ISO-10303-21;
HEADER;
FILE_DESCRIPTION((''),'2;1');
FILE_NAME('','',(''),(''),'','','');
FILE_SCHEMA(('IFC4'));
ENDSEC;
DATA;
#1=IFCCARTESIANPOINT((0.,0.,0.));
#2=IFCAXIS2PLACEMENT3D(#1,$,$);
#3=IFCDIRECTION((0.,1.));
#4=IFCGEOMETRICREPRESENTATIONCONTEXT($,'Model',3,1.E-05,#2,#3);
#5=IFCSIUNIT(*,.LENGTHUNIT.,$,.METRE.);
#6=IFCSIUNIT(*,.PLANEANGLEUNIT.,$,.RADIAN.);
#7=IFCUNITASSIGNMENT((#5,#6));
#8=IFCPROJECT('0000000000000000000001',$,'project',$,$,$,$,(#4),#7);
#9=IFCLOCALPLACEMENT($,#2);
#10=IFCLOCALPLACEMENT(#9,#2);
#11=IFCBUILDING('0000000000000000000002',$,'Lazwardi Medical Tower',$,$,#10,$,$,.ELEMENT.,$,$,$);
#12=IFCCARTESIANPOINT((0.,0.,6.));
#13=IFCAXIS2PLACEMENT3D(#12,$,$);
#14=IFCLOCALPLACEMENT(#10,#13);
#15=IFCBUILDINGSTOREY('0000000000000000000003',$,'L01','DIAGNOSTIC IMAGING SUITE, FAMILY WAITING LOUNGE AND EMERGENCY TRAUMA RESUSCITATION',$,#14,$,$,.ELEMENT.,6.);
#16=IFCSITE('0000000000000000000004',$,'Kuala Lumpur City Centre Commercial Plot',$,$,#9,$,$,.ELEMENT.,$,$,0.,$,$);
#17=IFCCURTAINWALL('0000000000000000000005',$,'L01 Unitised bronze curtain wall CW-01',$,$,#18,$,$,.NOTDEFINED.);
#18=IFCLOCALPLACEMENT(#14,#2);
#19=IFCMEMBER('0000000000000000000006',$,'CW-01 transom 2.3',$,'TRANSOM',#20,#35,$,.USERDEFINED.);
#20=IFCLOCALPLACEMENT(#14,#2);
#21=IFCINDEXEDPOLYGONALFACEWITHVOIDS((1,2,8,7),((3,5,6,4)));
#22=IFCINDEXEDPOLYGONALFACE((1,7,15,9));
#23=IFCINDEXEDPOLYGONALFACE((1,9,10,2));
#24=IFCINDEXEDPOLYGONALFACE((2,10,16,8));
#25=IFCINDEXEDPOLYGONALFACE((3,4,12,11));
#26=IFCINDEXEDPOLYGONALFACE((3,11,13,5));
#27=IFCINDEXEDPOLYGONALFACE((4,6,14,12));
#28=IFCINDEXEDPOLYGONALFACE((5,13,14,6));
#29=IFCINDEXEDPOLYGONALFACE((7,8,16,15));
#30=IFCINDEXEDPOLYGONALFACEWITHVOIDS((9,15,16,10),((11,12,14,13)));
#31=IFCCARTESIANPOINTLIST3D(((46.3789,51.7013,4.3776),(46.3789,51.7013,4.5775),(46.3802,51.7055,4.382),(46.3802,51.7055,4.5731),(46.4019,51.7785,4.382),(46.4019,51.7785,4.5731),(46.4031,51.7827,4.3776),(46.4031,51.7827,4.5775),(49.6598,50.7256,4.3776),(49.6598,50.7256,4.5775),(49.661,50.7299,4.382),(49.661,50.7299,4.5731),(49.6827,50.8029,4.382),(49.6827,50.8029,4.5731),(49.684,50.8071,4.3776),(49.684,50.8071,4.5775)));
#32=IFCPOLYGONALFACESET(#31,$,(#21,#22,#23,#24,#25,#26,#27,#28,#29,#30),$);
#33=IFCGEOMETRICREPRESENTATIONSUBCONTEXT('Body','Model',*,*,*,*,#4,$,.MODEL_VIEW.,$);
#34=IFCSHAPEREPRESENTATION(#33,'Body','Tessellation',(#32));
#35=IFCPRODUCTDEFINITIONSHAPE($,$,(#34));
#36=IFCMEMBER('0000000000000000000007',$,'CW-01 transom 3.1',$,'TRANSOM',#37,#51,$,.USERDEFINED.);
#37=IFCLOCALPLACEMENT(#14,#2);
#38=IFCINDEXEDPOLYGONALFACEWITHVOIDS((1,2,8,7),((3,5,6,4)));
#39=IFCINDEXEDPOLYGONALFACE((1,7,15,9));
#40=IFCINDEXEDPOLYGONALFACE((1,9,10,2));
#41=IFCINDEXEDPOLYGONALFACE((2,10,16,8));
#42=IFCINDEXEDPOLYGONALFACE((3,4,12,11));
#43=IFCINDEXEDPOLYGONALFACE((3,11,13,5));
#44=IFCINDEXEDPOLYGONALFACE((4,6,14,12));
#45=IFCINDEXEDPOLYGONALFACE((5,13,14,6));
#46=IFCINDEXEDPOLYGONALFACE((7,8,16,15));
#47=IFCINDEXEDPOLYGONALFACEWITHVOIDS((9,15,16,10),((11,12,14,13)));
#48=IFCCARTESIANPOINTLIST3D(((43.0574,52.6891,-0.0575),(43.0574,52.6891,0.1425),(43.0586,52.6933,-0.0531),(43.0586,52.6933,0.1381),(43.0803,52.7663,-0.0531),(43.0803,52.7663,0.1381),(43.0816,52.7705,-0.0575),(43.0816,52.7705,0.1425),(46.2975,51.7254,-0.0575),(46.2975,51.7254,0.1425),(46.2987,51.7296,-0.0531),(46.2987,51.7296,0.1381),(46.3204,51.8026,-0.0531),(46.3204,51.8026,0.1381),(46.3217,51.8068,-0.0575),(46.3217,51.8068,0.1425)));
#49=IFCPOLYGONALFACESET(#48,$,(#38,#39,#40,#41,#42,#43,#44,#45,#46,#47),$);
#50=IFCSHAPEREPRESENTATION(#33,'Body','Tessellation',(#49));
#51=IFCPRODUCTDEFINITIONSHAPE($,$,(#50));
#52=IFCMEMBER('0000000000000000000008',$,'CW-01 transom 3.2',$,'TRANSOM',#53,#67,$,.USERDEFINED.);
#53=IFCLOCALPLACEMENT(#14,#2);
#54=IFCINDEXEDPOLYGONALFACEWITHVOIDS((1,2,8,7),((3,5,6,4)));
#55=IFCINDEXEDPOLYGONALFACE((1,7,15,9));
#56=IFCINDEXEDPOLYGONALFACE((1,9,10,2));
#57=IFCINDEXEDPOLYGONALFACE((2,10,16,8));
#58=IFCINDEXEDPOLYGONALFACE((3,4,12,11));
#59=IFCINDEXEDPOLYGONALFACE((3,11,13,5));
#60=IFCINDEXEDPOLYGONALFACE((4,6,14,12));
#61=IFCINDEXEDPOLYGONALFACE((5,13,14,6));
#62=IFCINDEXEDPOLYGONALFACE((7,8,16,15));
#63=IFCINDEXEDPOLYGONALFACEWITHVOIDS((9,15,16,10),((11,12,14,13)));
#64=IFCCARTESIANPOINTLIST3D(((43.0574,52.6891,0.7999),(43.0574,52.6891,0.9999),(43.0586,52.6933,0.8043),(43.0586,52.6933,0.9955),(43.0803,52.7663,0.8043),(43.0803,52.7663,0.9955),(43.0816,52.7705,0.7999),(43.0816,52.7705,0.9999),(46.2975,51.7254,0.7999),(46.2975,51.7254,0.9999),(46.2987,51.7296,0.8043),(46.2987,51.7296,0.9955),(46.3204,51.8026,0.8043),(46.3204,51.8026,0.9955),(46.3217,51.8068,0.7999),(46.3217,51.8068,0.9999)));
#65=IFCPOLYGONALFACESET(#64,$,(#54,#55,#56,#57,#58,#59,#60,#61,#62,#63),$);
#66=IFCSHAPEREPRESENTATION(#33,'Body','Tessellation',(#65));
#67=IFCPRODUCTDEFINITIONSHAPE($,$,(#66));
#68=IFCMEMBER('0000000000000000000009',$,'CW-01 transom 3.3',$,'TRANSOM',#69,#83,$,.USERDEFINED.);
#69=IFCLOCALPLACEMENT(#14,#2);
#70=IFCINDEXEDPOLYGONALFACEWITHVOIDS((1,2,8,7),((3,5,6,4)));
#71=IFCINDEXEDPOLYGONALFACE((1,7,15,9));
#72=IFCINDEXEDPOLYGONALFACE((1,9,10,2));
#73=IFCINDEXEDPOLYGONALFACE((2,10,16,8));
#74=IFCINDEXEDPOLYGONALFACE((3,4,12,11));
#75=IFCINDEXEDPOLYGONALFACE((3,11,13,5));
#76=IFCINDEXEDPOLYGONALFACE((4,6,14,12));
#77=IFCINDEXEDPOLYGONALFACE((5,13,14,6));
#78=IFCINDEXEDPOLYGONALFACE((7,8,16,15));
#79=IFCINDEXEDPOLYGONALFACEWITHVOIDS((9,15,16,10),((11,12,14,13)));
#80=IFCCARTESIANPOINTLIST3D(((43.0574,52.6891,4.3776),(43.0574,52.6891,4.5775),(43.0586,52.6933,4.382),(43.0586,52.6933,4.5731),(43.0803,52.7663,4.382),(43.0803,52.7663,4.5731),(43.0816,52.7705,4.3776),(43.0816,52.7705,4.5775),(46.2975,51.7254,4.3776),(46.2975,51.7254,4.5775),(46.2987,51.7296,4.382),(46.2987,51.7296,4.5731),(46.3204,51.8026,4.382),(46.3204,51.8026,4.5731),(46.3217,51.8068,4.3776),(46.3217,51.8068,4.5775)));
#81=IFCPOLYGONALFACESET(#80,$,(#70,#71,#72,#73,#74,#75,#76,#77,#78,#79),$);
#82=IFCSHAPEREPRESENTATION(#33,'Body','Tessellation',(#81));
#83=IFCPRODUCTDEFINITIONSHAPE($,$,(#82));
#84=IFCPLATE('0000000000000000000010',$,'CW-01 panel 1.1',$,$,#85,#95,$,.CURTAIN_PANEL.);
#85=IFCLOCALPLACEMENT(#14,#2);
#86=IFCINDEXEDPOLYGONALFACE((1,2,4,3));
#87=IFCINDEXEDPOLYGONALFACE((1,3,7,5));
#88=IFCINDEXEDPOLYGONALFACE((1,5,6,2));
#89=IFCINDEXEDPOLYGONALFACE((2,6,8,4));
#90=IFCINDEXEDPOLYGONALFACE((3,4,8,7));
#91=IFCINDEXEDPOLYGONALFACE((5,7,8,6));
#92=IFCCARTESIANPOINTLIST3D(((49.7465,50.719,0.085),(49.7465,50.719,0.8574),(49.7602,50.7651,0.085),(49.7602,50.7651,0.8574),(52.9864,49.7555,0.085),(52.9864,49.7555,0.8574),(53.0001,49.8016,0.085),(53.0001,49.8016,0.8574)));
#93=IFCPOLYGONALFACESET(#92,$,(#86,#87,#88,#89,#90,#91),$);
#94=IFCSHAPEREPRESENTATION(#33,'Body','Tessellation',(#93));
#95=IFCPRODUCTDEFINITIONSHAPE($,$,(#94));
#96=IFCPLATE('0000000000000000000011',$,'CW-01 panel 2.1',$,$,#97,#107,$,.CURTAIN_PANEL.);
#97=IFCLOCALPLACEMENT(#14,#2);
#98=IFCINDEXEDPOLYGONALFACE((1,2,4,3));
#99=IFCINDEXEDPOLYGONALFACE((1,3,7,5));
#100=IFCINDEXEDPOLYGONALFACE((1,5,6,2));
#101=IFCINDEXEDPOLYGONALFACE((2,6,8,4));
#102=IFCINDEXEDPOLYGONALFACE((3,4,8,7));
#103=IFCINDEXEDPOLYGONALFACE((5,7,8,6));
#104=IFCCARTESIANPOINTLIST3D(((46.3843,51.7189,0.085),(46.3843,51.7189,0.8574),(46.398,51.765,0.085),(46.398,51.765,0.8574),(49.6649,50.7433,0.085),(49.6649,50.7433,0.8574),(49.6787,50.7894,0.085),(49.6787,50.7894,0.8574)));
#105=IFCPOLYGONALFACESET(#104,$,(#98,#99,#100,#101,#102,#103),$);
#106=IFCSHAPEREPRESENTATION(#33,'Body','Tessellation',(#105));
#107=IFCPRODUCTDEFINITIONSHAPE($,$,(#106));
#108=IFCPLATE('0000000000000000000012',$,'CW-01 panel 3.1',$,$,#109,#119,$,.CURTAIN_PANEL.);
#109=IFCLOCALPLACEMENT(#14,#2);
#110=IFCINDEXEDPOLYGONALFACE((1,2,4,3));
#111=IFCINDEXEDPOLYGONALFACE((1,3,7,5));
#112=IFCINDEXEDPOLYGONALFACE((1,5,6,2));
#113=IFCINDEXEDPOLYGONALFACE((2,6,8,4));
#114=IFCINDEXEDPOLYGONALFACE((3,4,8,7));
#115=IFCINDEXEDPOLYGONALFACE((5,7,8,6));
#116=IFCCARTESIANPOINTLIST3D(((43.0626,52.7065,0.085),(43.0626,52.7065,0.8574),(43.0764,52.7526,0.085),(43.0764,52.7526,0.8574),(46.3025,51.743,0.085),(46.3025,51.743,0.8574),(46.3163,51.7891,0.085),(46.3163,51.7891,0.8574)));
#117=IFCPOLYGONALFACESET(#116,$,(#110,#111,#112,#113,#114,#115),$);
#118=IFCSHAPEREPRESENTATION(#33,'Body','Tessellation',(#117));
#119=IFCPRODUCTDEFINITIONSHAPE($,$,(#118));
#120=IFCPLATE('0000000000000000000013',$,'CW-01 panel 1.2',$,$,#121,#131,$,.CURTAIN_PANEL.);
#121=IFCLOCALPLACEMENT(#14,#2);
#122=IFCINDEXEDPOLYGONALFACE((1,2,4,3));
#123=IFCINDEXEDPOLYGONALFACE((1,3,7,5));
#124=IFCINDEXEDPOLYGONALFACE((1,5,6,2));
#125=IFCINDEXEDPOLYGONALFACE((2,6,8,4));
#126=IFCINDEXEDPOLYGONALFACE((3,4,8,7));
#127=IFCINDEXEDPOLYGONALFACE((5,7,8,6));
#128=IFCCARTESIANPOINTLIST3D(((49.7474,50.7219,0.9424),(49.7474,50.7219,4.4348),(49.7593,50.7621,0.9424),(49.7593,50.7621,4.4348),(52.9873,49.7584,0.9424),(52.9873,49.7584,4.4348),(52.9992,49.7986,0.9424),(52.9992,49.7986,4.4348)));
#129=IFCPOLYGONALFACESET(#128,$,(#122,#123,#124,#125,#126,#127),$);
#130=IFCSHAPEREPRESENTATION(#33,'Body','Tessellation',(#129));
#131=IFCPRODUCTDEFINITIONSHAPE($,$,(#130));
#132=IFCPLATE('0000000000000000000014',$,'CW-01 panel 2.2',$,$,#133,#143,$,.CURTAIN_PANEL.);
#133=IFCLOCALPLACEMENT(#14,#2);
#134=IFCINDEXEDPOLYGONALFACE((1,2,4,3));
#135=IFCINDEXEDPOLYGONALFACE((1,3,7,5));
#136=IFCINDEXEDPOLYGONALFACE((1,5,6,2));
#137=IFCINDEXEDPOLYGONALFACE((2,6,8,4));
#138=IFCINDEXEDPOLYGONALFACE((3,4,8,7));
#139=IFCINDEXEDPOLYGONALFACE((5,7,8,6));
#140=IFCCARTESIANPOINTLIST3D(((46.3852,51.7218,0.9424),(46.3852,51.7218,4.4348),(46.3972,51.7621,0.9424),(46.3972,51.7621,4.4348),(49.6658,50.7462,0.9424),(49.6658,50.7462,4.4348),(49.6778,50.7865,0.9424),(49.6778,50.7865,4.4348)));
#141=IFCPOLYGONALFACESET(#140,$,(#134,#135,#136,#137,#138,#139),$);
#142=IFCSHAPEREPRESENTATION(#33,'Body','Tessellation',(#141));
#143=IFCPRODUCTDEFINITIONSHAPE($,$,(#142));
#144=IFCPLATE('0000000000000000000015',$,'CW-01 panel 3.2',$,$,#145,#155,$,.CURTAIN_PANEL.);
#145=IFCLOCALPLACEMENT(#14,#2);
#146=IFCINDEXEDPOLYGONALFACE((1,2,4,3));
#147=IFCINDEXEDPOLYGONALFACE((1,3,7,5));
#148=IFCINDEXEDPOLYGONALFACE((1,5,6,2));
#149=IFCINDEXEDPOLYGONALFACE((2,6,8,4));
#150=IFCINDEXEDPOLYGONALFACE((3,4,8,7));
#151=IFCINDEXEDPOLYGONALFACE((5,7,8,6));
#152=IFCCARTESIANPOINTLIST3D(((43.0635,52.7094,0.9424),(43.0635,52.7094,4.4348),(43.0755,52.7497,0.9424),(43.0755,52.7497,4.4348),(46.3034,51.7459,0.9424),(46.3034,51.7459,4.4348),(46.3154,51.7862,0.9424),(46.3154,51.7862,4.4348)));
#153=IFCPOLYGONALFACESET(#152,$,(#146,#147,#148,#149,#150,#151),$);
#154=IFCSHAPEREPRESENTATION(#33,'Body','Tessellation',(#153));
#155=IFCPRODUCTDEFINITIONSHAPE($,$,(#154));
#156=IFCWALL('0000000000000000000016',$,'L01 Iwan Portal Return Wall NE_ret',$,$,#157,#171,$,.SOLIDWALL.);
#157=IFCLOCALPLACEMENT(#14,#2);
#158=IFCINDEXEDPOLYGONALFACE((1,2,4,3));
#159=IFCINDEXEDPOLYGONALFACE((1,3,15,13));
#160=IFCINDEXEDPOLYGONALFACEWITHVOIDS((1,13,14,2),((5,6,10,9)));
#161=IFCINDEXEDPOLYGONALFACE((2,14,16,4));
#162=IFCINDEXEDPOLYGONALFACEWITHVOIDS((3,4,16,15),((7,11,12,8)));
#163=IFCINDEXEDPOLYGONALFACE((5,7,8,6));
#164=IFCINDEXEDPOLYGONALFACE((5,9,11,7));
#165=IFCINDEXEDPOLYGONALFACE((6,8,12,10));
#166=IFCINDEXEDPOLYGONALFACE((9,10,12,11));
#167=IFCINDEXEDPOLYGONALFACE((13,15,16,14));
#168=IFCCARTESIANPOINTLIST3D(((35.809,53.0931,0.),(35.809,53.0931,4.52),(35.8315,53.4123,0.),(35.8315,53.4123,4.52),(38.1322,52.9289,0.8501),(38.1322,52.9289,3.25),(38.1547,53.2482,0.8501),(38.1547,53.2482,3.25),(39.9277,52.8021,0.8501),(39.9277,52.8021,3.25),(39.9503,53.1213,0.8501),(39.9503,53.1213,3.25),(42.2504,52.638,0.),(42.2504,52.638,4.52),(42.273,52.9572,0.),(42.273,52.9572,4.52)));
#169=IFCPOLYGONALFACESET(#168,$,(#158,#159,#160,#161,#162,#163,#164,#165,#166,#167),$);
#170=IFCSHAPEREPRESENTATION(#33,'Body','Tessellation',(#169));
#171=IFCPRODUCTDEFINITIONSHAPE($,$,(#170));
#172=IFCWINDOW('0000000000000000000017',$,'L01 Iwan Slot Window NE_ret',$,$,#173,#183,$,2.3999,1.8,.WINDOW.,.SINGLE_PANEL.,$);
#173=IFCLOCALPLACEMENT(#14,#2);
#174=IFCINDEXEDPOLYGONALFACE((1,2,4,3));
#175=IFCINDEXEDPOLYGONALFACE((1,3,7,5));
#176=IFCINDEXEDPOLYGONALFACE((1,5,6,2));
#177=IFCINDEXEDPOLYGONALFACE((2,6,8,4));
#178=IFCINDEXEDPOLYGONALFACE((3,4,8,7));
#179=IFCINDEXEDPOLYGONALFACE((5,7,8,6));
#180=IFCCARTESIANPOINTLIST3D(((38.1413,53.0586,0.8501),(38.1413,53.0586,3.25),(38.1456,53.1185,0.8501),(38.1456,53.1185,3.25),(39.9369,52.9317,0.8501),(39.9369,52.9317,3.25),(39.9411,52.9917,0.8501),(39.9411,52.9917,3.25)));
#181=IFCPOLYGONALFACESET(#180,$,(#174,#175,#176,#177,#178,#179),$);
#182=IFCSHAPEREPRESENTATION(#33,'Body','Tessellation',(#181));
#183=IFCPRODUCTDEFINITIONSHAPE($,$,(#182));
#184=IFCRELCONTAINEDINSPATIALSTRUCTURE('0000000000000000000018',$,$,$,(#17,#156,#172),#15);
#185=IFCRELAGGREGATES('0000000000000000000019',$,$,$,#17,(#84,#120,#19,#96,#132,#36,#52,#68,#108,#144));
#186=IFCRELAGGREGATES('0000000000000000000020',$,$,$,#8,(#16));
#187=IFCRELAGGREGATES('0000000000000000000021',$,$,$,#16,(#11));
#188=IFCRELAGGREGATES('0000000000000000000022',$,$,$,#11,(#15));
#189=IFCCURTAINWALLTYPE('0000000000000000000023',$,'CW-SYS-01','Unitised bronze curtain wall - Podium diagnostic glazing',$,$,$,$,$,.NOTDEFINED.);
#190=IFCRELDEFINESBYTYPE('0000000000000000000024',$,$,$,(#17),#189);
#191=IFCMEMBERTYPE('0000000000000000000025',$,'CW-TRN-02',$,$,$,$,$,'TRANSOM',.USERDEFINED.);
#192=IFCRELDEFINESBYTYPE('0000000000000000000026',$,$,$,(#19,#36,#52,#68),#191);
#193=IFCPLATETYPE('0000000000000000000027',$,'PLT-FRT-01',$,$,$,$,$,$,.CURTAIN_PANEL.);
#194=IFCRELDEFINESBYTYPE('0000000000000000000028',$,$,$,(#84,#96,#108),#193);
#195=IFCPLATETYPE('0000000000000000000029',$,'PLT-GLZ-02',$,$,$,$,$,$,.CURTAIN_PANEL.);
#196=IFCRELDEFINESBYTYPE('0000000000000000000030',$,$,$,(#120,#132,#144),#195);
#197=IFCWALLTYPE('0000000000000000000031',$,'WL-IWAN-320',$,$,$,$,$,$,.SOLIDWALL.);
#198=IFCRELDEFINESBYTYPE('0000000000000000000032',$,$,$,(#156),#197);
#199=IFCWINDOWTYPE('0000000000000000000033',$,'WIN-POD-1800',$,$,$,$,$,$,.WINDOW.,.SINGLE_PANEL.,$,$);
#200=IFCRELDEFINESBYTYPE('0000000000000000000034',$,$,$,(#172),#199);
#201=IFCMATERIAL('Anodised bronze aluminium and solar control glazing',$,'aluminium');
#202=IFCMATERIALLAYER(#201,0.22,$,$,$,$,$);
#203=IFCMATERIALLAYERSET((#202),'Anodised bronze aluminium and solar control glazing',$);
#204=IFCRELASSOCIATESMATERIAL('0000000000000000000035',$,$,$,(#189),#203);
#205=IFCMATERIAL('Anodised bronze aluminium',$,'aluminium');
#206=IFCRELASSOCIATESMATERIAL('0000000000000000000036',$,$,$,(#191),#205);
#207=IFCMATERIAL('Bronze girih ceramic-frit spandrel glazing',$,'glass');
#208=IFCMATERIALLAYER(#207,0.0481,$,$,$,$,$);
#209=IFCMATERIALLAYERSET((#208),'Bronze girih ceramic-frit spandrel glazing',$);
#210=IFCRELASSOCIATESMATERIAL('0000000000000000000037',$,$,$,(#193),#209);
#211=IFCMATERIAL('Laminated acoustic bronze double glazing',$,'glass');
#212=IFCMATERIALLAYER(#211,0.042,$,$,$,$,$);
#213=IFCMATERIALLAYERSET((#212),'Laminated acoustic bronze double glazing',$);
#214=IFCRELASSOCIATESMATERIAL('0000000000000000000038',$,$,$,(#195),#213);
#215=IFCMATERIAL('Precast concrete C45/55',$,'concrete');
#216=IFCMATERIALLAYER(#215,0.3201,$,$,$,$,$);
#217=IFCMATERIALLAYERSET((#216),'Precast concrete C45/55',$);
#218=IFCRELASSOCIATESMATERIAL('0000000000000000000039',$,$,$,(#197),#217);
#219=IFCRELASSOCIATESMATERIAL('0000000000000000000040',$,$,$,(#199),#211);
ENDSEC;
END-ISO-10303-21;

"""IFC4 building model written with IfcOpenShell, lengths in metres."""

from ifc_helpers import new_model, si_unit, direction, frame, frame_2d, origin, origin_2d, place, context, subcontext, project, spatial, rectangle, hollow_rectangle, extrude, material, layer, layer_set, material_profile, profile_set, type_object, element, fill, aggregate, save


model = new_model("IFC4")

# Units and contexts
model_context = context("Model", 3, precision=1e-05, world=origin(), true_north=direction((0.0, 1.0)))
body_context = subcontext(model_context, "Body", "Model", "MODEL_VIEW")
ifc_project = project(units=[si_unit("LENGTHUNIT", "METRE"), si_unit("PLANEANGLEUNIT", "RADIAN")], contexts=[model_context])

# Site, building, storey
site_placement = place(None, origin())
site = spatial("IfcSite", under=ifc_project, at=site_placement, Name="Kuala Lumpur City Centre Commercial Plot", CompositionType="ELEMENT", RefElevation=0.0)
building_placement = place(site_placement, origin())
building = spatial("IfcBuilding", under=site, at=building_placement, Name="Lazwardi Medical Tower", CompositionType="ELEMENT")
storey_placement = place(building_placement, frame((0.0, 0.0, 6.0)))
storey = spatial("IfcBuildingStorey", under=building, at=storey_placement, Name="L01", Description="DIAGNOSTIC IMAGING SUITE, FAMILY WAITING LOUNGE AND EMERGENCY TRAUMA RESUSCITATION", CompositionType="ELEMENT", Elevation=6.0)

# Curtain wall, members, plates
ifc_material_1 = material(Name="Anodised bronze aluminium and solar control glazing", Category="aluminium")
ifc_layer_1 = layer(ifc_material_1, 0.22)
ifc_layer_set_1 = layer_set([ifc_layer_1], Name="Anodised bronze aluminium and solar control glazing")
curtain_wall_type = type_object("IfcCurtainWallType", Name="CW-SYS-01", Description="Unitised bronze curtain wall - Podium diagnostic glazing", PredefinedType="NOTDEFINED", material=ifc_layer_set_1)
curtain_wall_placement = place(storey_placement, origin())
curtain_wall = element("IfcCurtainWall", 1, at=curtain_wall_placement, inside=storey, type_object=curtain_wall_type, Name="L01 Unitised bronze curtain wall CW-01", PredefinedType="NOTDEFINED")
ifc_material_2 = material(Name="Anodised bronze aluminium", Category="aluminium")
ifc_material_profile_1 = material_profile(ifc_material_2, hollow_rectangle(XDim=0.085, YDim=0.2, WallThickness=0.0044, at=origin_2d()), Name="ALU-TRANSOM 200x85x4.5")
ifc_profile_set_1 = profile_set([ifc_material_profile_1], Name="Anodised bronze aluminium")
member_type_1 = type_object("IfcMemberType", Name="CW-TRN-02", ElementType="TRANSOM", PredefinedType="USERDEFINED", material=ifc_profile_set_1)
member_1_placement = place(storey_placement, frame((49.6719, 50.7664, 4.4775), z_axis=(-0.958518, 0.28503, 0.0), x_axis=(-0.28503, -0.958518, 0.0)))
member_1 = element("IfcMember", 2, at=member_1_placement, type_object=member_type_1, Name="CW-01 transom 2.3", ObjectType="TRANSOM", PredefinedType="USERDEFINED", context=body_context, shape_type="SweptSolid", body=[
    extrude(hollow_rectangle(XDim=0.085, YDim=0.2, WallThickness=0.0044, at=origin_2d()), origin(), (0.0, 0.0, 1.0), 3.4229),
])
member_2_placement = place(storey_placement, frame((46.3096, 51.7661, 0.0425), z_axis=(-0.958505, 0.285074, 0.0), x_axis=(-0.285074, -0.958505, 0.0)))
member_2 = element("IfcMember", 3, at=member_2_placement, type_object=member_type_1, Name="CW-01 transom 3.1", ObjectType="TRANSOM", PredefinedType="USERDEFINED", context=body_context, shape_type="SweptSolid", body=[
    extrude(hollow_rectangle(XDim=0.085, YDim=0.2, WallThickness=0.0044, at=origin_2d()), origin(), (0.0, 0.0, 1.0), 3.3804),
])
member_3_placement = place(storey_placement, frame((46.3096, 51.7661, 0.8999), z_axis=(-0.958505, 0.285074, 0.0), x_axis=(-0.285074, -0.958505, 0.0)))
member_3 = element("IfcMember", 4, at=member_3_placement, type_object=member_type_1, Name="CW-01 transom 3.2", ObjectType="TRANSOM", PredefinedType="USERDEFINED", context=body_context, shape_type="SweptSolid", body=[
    extrude(hollow_rectangle(XDim=0.085, YDim=0.2, WallThickness=0.0044, at=origin_2d()), origin(), (0.0, 0.0, 1.0), 3.3804),
])
member_4_placement = place(storey_placement, frame((46.3096, 51.7661, 4.4775), z_axis=(-0.958505, 0.285074, 0.0), x_axis=(-0.285074, -0.958505, 0.0)))
member_4 = element("IfcMember", 5, at=member_4_placement, type_object=member_type_1, Name="CW-01 transom 3.3", ObjectType="TRANSOM", PredefinedType="USERDEFINED", context=body_context, shape_type="SweptSolid", body=[
    extrude(hollow_rectangle(XDim=0.085, YDim=0.2, WallThickness=0.0044, at=origin_2d()), origin(), (0.0, 0.0, 1.0), 3.3804),
])
ifc_material_3 = material(Name="Bronze girih ceramic-frit spandrel glazing", Category="glass")
ifc_layer_2 = layer(ifc_material_3, 0.0481)
ifc_layer_set_2 = layer_set([ifc_layer_2], Name="Bronze girih ceramic-frit spandrel glazing")
plate_type_1 = type_object("IfcPlateType", Name="PLT-FRT-01", PredefinedType="CURTAIN_PANEL", material=ifc_layer_set_2)
plate_1_placement = place(storey_placement, frame((51.3733, 50.2603, 0.085), z_axis=(0.0, 0.0, 1.0), x_axis=(-0.958513, 0.285047, 0.0)))
plate_1 = element("IfcPlate", 6, at=plate_1_placement, type_object=plate_type_1, Name="CW-01 panel 1.1", PredefinedType="CURTAIN_PANEL", context=body_context, shape_type="SweptSolid", body=[
    extrude(rectangle(XDim=3.3801, YDim=0.0481, at=origin_2d()), origin(), (0.0, 0.0, 1.0), 0.7725),
])
plate_2_placement = place(storey_placement, frame((48.0315, 51.2542, 0.085), z_axis=(0.0, 0.0, 1.0), x_axis=(-0.958513, 0.285047, 0.0)))
plate_2 = element("IfcPlate", 7, at=plate_2_placement, type_object=plate_type_1, Name="CW-01 panel 2.1", PredefinedType="CURTAIN_PANEL", context=body_context, shape_type="SweptSolid", body=[
    extrude(rectangle(XDim=3.4226, YDim=0.0481, at=origin_2d()), origin(), (0.0, 0.0, 1.0), 0.7725),
])
plate_3_placement = place(storey_placement, frame((44.6895, 52.2478, 0.085), z_axis=(0.0, 0.0, 1.0), x_axis=(-0.958513, 0.285047, 0.0)))
plate_3 = element("IfcPlate", 8, at=plate_3_placement, type_object=plate_type_1, Name="CW-01 panel 3.1", PredefinedType="CURTAIN_PANEL", context=body_context, shape_type="SweptSolid", body=[
    extrude(rectangle(XDim=3.3801, YDim=0.0481, at=origin_2d()), origin(), (0.0, 0.0, 1.0), 0.7725),
])
ifc_material_4 = material(Name="Laminated acoustic bronze double glazing", Category="glass")
ifc_layer_3 = layer(ifc_material_4, 0.042)
ifc_layer_set_3 = layer_set([ifc_layer_3], Name="Laminated acoustic bronze double glazing")
plate_type_2 = type_object("IfcPlateType", Name="PLT-GLZ-02", PredefinedType="CURTAIN_PANEL", material=ifc_layer_set_3)
plate_4_placement = place(storey_placement, frame((51.3733, 50.2603, 0.9424), z_axis=(0.0, 0.0, 1.0), x_axis=(-0.958513, 0.285047, 0.0)))
plate_4 = element("IfcPlate", 9, at=plate_4_placement, type_object=plate_type_2, Name="CW-01 panel 1.2", PredefinedType="CURTAIN_PANEL", context=body_context, shape_type="SweptSolid", body=[
    extrude(rectangle(XDim=3.3801, YDim=0.042, at=origin_2d()), origin(), (0.0, 0.0, 1.0), 3.4924),
])
plate_5_placement = place(storey_placement, frame((48.0315, 51.2542, 0.9424), z_axis=(0.0, 0.0, 1.0), x_axis=(-0.958513, 0.285047, 0.0)))
plate_5 = element("IfcPlate", 10, at=plate_5_placement, type_object=plate_type_2, Name="CW-01 panel 2.2", PredefinedType="CURTAIN_PANEL", context=body_context, shape_type="SweptSolid", body=[
    extrude(rectangle(XDim=3.4226, YDim=0.042, at=origin_2d()), origin(), (0.0, 0.0, 1.0), 3.4924),
])
plate_6_placement = place(storey_placement, frame((44.6895, 52.2478, 0.9424), z_axis=(0.0, 0.0, 1.0), x_axis=(-0.958513, 0.285047, 0.0)))
plate_6 = element("IfcPlate", 11, at=plate_6_placement, type_object=plate_type_2, Name="CW-01 panel 3.2", PredefinedType="CURTAIN_PANEL", context=body_context, shape_type="SweptSolid", body=[
    extrude(rectangle(XDim=3.3801, YDim=0.042, at=origin_2d()), origin(), (0.0, 0.0, 1.0), 3.4924),
])
aggregate(curtain_wall, [plate_1, plate_4, member_1, plate_2, plate_5, member_2, member_3, member_4, plate_3, plate_6])

# Wall, opening, window
ifc_material_5 = material(Name="Precast concrete C45/55", Category="concrete")
ifc_layer_4 = layer(ifc_material_5, 0.3201)
ifc_layer_set_4 = layer_set([ifc_layer_4], Name="Precast concrete C45/55")
wall_type = type_object("IfcWallType", Name="WL-IWAN-320", PredefinedType="SOLIDWALL", material=ifc_layer_set_4)
wall_1_placement = place(storey_placement, frame((42.2617, 52.7976, 0.0), z_axis=(0.0, 0.0, 1.0), x_axis=(-0.997514, 0.070473, 0.0)))
wall_1 = element("IfcWall", 12, at=wall_1_placement, inside=storey, type_object=wall_type, Name="L01 Iwan Portal Return Wall NE_ret", PredefinedType="SOLIDWALL", context=body_context, shape_type="SweptSolid", body=[
    extrude(rectangle(XDim=6.4575, YDim=0.3201, at=frame_2d((3.2288, 0.0))), origin(), (0.0, 0.0, 1.0), 4.52),
])
opening_1_placement = place(wall_1_placement, frame((2.3286, 0.0, 0.8501)))
opening_1 = element("IfcOpeningElement", 13, at=opening_1_placement, cuts=wall_1, PredefinedType="OPENING", context=body_context, shape_type="SweptSolid", body=[
    extrude(rectangle(XDim=1.8, YDim=2.3999, at=frame_2d((0.8999, 1.2))), frame((0.0, 0.1699, 0.0), z_axis=(0.0, -1.0, 0.0), x_axis=(1.0, 0.0, 0.0)), (0.0, 0.0, 1.0), 0.3401),
])
window_type = type_object("IfcWindowType", Name="WIN-POD-1800", PartitioningType="SINGLE_PANEL", PredefinedType="WINDOW", material=ifc_material_4)
window_1_placement = place(opening_1_placement, origin())
window_1 = element("IfcWindow", 14, at=window_1_placement, inside=storey, type_object=window_type, Name="L01 Iwan Slot Window NE_ret", OverallHeight=2.3999, OverallWidth=1.8, PartitioningType="SINGLE_PANEL", PredefinedType="WINDOW", context=body_context, shape_type="SweptSolid", body=[
    extrude(rectangle(XDim=1.8, YDim=2.3999, at=frame_2d((0.8999, 1.2))), frame((0.0, 0.03, 0.0), z_axis=(0.0, -1.0, 0.0), x_axis=(1.0, 0.0, 0.0)), (0.0, 0.0, 1.0), 0.0601),
])
fill(opening_1, window_1)

save(model, "model.ifc")
